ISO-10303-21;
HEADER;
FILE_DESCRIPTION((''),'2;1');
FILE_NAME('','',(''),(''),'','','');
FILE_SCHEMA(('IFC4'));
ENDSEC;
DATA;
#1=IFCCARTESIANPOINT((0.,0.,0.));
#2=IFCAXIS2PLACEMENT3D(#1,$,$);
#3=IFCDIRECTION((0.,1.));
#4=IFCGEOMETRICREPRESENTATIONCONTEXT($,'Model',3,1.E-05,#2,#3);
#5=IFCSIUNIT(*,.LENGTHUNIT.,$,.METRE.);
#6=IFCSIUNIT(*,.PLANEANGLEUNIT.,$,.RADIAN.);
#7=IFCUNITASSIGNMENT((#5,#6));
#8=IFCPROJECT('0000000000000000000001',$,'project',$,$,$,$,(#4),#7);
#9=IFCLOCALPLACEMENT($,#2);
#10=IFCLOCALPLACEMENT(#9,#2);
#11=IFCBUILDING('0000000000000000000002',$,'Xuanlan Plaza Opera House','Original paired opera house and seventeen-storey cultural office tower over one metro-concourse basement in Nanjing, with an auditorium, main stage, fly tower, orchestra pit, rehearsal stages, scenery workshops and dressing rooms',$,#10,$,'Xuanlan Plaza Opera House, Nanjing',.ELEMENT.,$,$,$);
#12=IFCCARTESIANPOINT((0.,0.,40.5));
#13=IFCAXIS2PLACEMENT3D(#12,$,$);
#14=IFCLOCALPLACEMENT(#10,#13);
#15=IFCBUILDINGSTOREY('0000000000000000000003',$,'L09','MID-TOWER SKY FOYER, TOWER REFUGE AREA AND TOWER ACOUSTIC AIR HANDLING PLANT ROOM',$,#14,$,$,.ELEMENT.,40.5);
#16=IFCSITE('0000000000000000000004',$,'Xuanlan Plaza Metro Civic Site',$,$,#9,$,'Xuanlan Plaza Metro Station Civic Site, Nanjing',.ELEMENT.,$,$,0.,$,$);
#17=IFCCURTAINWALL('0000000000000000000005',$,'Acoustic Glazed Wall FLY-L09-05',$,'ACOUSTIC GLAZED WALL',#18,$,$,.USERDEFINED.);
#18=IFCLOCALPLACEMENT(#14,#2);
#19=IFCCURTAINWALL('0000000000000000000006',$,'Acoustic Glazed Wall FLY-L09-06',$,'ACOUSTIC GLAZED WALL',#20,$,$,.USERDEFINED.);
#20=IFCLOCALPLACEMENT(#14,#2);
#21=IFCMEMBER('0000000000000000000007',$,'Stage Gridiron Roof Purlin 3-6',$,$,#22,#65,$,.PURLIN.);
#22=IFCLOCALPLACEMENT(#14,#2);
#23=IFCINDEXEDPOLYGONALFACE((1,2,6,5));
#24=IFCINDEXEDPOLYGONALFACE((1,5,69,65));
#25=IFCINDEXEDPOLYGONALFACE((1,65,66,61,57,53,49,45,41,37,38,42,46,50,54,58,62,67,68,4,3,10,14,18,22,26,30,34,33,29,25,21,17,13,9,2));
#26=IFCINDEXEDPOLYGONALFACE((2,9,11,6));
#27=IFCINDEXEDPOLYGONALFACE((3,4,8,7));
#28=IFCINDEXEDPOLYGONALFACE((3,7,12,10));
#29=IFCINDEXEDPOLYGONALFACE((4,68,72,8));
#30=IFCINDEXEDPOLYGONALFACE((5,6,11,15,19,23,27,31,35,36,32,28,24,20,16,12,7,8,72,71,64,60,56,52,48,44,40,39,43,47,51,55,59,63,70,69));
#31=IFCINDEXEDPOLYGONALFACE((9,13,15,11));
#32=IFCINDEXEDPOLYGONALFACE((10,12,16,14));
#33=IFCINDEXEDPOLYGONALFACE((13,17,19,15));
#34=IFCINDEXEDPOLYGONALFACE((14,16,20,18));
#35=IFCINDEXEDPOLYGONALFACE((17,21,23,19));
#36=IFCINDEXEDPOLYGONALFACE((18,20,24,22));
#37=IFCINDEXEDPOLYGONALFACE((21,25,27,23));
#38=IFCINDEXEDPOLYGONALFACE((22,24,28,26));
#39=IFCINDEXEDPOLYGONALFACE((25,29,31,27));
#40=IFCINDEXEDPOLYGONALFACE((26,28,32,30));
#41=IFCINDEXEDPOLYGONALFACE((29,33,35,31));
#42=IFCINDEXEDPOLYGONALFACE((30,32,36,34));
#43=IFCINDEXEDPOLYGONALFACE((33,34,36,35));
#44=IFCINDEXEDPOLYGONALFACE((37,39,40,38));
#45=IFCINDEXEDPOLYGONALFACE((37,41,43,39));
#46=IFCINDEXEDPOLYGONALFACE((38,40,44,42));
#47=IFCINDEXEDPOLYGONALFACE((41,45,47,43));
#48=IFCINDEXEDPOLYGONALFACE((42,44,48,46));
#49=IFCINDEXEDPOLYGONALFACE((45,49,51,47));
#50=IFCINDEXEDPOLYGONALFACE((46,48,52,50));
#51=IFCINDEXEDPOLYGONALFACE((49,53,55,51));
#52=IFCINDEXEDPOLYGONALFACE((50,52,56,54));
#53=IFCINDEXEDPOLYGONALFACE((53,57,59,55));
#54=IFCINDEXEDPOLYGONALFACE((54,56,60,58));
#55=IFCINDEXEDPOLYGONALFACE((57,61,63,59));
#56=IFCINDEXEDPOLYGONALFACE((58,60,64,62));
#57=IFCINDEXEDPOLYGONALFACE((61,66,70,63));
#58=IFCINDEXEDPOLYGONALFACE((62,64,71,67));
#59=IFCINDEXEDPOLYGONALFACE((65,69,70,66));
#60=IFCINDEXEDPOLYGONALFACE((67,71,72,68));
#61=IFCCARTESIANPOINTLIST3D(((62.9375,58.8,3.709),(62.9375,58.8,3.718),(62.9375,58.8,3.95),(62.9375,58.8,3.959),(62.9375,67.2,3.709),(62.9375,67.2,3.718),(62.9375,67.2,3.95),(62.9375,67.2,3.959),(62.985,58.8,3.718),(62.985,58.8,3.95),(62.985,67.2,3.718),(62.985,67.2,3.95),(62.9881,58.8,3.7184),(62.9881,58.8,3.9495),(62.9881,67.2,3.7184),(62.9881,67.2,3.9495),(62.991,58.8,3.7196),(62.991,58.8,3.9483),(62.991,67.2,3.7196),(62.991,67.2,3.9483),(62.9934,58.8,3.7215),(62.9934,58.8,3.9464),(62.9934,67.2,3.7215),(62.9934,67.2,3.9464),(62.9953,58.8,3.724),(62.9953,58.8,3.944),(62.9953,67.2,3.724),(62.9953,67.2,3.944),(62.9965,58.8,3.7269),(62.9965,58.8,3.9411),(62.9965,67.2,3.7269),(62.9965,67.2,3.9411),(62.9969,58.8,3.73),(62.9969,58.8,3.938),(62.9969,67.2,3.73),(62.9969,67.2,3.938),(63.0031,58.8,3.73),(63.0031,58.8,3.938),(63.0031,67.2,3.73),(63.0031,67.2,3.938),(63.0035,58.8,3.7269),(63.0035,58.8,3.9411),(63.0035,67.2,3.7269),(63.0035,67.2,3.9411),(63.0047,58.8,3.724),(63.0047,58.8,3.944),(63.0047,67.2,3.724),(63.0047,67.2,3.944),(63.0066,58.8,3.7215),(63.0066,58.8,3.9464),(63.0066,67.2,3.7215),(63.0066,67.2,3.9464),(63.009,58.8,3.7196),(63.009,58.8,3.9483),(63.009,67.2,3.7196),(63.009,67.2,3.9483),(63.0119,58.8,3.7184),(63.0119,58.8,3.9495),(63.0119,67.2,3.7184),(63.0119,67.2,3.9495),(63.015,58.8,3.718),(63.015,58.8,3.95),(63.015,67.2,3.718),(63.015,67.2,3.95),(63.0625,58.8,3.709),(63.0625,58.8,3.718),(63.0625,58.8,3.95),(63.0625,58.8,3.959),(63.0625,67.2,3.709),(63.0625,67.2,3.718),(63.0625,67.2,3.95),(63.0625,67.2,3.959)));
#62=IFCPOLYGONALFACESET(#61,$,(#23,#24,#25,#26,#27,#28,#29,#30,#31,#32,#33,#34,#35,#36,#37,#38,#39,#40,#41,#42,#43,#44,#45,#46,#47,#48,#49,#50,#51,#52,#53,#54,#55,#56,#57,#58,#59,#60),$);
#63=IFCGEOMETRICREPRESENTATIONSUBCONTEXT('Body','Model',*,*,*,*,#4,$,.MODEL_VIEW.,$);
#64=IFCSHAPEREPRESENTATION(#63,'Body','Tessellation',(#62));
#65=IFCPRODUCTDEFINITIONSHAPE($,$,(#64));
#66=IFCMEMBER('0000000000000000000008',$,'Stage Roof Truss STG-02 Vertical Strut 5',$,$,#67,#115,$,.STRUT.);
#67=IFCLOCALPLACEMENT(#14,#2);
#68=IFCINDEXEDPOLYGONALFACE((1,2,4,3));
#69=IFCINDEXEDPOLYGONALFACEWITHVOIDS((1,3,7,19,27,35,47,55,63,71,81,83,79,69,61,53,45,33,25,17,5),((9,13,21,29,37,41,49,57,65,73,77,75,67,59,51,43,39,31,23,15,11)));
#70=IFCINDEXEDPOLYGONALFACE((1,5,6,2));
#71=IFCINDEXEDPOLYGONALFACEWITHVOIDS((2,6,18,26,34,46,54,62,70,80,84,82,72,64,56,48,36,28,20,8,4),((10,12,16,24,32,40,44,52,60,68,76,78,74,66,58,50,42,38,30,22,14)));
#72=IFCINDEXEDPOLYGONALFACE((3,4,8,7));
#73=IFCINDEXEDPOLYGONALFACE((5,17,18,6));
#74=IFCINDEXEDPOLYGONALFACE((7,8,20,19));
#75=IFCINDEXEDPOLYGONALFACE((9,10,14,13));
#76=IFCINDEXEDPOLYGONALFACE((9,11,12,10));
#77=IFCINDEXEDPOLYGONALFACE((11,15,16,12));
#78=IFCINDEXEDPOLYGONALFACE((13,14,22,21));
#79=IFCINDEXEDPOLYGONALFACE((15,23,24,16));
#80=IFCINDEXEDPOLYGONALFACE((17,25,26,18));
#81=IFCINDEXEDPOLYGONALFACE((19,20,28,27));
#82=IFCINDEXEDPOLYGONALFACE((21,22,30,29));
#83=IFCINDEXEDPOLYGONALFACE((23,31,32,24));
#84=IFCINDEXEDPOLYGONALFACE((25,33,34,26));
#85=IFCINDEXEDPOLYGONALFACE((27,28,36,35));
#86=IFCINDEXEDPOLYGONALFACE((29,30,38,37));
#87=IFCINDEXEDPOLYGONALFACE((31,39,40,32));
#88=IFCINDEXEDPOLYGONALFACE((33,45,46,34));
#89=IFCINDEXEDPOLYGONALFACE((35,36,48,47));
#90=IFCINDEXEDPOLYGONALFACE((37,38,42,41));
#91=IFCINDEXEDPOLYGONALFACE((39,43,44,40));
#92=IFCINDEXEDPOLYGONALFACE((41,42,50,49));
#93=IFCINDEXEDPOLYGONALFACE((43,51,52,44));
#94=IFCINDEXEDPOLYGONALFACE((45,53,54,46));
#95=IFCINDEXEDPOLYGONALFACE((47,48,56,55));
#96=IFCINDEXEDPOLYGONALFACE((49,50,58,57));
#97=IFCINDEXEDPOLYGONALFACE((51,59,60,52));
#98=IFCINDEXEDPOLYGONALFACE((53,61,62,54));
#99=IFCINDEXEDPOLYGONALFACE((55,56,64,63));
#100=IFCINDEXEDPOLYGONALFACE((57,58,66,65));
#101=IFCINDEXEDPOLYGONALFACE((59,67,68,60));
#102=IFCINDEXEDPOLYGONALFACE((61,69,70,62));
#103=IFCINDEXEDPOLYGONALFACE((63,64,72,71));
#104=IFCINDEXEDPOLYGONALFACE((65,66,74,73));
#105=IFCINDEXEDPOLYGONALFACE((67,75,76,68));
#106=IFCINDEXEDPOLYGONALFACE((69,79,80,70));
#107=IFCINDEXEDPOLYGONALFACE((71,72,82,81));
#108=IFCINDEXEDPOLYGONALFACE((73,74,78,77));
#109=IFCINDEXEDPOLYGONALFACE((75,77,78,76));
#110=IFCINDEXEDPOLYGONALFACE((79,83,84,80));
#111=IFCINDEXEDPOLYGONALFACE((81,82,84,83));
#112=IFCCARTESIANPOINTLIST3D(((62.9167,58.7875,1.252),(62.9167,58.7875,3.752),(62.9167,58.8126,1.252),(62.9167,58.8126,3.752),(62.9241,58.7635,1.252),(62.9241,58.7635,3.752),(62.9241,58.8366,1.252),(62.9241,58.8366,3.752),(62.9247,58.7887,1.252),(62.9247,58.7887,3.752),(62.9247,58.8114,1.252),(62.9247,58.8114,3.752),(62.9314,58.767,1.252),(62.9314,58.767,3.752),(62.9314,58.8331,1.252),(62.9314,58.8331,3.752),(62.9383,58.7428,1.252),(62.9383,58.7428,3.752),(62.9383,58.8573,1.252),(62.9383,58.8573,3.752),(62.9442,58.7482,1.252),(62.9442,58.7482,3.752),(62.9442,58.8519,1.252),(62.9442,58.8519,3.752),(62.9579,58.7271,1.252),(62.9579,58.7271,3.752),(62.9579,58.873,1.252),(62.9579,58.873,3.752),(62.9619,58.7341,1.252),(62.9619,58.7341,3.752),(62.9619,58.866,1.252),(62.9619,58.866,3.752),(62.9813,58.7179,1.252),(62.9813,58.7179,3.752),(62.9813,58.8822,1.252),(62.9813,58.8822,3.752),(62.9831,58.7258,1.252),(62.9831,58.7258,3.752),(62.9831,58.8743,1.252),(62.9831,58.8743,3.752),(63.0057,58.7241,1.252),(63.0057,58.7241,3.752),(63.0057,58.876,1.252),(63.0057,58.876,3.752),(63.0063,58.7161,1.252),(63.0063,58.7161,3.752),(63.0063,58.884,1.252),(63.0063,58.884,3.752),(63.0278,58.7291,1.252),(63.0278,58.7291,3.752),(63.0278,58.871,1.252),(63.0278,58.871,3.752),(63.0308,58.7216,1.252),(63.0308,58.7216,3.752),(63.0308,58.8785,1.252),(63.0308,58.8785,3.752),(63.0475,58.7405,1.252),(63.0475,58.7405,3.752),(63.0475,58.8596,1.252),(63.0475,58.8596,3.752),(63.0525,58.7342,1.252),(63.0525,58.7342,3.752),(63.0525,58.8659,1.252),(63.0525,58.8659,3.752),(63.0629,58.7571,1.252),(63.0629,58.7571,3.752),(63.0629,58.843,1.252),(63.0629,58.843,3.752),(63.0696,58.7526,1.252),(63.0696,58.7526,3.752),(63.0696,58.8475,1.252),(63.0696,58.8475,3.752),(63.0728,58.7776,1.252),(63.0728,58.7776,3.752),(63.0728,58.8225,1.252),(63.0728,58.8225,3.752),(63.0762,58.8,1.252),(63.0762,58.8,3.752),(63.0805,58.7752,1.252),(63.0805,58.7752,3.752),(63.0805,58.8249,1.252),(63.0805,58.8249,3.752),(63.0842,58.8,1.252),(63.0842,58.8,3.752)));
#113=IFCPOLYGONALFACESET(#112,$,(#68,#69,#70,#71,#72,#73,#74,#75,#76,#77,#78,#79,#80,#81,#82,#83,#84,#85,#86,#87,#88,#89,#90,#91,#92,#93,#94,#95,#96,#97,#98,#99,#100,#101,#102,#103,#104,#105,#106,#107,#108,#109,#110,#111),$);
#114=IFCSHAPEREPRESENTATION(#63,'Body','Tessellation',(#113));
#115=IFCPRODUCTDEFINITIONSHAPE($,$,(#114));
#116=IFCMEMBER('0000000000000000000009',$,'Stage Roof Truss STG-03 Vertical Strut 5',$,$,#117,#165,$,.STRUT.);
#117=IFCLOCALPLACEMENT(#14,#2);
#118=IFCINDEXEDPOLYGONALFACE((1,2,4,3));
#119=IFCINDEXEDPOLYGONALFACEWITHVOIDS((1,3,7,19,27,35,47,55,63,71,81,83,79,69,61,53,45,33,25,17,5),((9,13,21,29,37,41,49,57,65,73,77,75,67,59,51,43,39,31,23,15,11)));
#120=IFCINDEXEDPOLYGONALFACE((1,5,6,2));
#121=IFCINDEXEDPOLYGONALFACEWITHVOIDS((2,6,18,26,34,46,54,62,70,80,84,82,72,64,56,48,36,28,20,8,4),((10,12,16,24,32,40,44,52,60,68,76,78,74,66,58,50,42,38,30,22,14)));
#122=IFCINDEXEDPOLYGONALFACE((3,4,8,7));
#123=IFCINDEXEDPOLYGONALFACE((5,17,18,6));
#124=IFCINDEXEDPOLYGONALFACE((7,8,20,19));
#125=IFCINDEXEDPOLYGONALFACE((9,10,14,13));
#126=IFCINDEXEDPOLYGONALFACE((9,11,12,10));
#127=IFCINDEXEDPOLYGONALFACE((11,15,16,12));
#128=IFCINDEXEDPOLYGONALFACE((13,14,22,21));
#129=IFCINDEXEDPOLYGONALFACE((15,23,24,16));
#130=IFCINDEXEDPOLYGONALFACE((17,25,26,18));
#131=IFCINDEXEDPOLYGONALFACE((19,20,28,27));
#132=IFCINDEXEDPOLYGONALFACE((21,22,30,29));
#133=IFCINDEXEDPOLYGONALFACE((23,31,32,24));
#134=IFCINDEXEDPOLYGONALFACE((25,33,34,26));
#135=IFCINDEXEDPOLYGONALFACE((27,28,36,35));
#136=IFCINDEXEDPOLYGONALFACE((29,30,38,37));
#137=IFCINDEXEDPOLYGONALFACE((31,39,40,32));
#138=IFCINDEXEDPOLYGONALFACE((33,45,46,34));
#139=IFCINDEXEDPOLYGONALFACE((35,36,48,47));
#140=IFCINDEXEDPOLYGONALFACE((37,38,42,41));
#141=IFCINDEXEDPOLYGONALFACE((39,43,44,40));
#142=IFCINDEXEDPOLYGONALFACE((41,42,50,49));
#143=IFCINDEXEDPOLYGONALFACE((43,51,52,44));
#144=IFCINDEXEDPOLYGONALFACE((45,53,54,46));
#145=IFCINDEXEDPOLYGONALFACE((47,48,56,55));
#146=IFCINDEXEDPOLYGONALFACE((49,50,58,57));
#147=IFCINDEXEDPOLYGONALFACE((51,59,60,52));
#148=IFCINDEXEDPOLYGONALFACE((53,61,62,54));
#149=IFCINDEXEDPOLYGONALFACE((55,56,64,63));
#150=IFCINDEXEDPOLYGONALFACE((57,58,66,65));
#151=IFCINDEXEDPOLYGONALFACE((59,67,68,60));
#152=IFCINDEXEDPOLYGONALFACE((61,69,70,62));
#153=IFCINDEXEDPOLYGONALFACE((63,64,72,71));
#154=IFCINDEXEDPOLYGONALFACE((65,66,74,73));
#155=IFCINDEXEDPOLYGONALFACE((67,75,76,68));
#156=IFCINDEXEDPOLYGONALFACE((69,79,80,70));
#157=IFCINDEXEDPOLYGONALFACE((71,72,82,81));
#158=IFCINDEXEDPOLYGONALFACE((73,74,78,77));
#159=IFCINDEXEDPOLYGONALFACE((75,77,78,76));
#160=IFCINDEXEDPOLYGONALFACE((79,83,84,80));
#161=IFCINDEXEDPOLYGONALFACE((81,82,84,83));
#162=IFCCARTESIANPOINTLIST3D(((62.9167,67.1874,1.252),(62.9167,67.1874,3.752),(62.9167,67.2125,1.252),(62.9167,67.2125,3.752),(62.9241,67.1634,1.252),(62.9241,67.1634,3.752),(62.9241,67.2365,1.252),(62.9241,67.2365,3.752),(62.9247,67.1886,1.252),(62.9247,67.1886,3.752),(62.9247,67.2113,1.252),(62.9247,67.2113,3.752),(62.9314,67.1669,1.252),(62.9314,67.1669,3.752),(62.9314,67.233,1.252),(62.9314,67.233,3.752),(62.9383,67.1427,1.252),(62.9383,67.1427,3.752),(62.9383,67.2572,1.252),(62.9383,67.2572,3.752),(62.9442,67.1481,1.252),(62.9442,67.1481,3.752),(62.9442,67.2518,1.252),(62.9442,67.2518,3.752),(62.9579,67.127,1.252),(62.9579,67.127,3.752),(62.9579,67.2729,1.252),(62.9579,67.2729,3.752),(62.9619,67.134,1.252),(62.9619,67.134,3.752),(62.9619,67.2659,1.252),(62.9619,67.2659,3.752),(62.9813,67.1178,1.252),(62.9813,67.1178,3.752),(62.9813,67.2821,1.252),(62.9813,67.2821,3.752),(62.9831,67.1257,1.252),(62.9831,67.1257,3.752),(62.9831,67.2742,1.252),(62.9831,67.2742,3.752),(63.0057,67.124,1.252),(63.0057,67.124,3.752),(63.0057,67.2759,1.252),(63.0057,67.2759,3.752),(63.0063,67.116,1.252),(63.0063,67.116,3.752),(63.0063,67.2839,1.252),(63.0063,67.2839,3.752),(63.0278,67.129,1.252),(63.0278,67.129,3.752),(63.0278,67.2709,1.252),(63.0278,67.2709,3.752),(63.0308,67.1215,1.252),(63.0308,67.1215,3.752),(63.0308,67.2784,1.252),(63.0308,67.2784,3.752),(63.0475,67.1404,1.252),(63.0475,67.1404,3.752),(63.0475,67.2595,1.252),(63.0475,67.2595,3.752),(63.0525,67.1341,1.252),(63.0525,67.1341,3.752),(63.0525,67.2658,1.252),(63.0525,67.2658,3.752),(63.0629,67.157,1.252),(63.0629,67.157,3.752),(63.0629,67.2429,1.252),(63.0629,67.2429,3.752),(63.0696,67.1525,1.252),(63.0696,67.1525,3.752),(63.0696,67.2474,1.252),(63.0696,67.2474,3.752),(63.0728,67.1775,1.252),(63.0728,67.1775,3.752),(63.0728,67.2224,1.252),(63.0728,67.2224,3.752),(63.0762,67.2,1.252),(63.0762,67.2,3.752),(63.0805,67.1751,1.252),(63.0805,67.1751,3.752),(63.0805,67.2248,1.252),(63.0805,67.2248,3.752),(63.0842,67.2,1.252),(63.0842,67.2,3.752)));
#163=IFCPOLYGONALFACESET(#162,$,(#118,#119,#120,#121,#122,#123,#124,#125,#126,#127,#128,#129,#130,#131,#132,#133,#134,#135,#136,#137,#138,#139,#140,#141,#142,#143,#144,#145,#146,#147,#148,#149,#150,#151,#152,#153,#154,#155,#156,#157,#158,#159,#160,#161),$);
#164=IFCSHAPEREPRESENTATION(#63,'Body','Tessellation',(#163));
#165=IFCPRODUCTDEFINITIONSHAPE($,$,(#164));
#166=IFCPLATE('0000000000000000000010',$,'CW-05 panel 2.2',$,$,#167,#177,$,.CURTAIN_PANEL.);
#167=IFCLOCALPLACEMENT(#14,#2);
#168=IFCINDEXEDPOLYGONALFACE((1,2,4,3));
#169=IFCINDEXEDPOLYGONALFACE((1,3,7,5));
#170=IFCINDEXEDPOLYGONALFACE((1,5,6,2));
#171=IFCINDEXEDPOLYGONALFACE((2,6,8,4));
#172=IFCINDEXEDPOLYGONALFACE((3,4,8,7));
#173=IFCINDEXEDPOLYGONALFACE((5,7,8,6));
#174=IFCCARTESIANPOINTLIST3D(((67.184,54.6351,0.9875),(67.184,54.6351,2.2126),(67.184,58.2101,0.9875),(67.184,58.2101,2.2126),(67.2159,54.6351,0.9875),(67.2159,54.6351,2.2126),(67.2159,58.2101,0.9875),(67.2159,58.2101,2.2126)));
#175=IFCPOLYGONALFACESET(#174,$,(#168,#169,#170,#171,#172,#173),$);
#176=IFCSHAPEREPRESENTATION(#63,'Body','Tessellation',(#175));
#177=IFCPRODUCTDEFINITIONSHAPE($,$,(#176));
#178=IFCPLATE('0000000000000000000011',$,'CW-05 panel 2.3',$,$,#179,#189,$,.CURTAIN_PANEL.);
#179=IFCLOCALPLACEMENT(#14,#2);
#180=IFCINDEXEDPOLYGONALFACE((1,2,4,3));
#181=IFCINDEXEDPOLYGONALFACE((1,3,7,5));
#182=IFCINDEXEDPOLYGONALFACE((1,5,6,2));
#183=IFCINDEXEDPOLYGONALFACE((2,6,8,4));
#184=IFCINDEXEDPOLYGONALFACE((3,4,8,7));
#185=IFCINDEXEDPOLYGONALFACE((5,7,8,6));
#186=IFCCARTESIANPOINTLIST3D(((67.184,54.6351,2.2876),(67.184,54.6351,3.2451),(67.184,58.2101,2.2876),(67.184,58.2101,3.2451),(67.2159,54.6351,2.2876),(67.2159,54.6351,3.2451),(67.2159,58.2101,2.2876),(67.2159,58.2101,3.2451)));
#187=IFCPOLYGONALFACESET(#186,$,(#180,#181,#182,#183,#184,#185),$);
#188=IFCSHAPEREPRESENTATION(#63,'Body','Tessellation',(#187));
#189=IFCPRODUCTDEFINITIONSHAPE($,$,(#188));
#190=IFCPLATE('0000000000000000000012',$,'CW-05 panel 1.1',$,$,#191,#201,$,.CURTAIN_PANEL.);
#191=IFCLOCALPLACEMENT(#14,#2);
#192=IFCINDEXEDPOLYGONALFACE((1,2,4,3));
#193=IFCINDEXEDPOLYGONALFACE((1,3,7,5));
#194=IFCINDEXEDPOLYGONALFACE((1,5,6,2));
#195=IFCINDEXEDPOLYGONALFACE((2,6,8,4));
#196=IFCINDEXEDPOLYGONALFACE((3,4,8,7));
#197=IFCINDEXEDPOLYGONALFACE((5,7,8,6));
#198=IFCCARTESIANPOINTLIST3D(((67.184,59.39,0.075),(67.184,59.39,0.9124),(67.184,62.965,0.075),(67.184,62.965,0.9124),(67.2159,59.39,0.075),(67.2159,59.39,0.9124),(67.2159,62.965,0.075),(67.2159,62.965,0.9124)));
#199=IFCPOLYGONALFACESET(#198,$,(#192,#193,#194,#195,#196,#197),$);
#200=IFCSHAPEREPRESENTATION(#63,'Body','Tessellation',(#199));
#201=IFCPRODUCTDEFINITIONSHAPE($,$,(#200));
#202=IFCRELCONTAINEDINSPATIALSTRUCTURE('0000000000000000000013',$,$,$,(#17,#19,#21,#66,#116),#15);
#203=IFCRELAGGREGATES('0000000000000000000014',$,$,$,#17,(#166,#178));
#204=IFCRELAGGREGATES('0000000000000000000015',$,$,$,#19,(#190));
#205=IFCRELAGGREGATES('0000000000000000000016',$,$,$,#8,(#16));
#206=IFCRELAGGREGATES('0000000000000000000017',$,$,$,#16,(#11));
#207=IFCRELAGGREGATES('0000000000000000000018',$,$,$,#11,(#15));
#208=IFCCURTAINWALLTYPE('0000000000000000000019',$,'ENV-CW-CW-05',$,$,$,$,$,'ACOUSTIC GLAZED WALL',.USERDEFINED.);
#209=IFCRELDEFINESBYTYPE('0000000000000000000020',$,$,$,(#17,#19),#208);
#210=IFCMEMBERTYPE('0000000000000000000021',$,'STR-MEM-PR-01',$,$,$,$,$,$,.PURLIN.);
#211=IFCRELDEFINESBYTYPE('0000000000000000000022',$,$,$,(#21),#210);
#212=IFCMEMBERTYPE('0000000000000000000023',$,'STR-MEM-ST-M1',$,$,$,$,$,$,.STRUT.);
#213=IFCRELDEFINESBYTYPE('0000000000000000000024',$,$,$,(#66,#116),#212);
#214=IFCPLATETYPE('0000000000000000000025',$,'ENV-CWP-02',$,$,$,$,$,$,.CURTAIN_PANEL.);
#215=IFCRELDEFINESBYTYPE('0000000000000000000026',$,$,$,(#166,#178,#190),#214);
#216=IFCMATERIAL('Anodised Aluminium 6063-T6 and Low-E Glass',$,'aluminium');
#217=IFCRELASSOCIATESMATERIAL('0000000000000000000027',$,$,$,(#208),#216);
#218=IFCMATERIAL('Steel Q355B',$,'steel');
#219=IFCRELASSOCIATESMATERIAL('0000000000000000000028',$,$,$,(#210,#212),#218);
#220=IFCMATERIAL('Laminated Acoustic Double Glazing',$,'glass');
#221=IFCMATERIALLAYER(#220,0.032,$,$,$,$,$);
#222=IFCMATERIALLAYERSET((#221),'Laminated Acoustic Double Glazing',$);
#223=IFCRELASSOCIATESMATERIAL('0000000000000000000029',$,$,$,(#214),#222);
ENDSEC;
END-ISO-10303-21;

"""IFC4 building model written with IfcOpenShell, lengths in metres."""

from ifc_helpers import new_model, si_unit, direction, frame, origin, origin_2d, place, context, subcontext, project, spatial, rectangle, hollow_circle, i_section, extrude, material, layer, layer_set, material_profile, profile_set, type_object, element, aggregate, save


model = new_model("IFC4")

# Units and contexts
model_context = context("Model", 3, precision=1e-05, world=origin(), true_north=direction((0.0, 1.0)))
body_context = subcontext(model_context, "Body", "Model", "MODEL_VIEW")
ifc_project = project(units=[si_unit("LENGTHUNIT", "METRE"), si_unit("PLANEANGLEUNIT", "RADIAN")], contexts=[model_context])

# Site, building, storey
site_placement = place(None, origin())
site = spatial("IfcSite", under=ifc_project, at=site_placement, Name="Xuanlan Plaza Metro Civic Site", LongName="Xuanlan Plaza Metro Station Civic Site, Nanjing", CompositionType="ELEMENT", RefElevation=0.0)
building_placement = place(site_placement, origin())
building = spatial("IfcBuilding", under=site, at=building_placement, Name="Xuanlan Plaza Opera House", Description="Original paired opera house and seventeen-storey cultural office tower over one metro-concourse basement in Nanjing, with an auditorium, main stage, fly tower, orchestra pit, rehearsal stages, scenery workshops and dressing rooms", LongName="Xuanlan Plaza Opera House, Nanjing", CompositionType="ELEMENT")
storey_placement = place(building_placement, frame((0.0, 0.0, 40.5)))
storey = spatial("IfcBuildingStorey", under=building, at=storey_placement, Name="L09", Description="MID-TOWER SKY FOYER, TOWER REFUGE AREA AND TOWER ACOUSTIC AIR HANDLING PLANT ROOM", CompositionType="ELEMENT", Elevation=40.5)

# Curtain wall
ifc_material_1 = material(Name="Anodised Aluminium 6063-T6 and Low-E Glass", Category="aluminium")
curtain_wall_type = type_object("IfcCurtainWallType", Name="ENV-CW-CW-05", ElementType="ACOUSTIC GLAZED WALL", PredefinedType="USERDEFINED", material=ifc_material_1)
curtain_wall_1_placement = place(storey_placement, origin())
curtain_wall_1 = element("IfcCurtainWall", 1, at=curtain_wall_1_placement, inside=storey, type_object=curtain_wall_type, Name="Acoustic Glazed Wall FLY-L09-05", ObjectType="ACOUSTIC GLAZED WALL", PredefinedType="USERDEFINED")

# Curtain wall
curtain_wall_2_placement = place(storey_placement, origin())
curtain_wall_2 = element("IfcCurtainWall", 2, at=curtain_wall_2_placement, inside=storey, type_object=curtain_wall_type, Name="Acoustic Glazed Wall FLY-L09-06", ObjectType="ACOUSTIC GLAZED WALL", PredefinedType="USERDEFINED")

# Shared definitions
ifc_material_2 = material(Name="Steel Q355B", Category="steel")

# Members
ifc_material_profile_1 = material_profile(ifc_material_2, i_section(OverallWidth=0.125, OverallDepth=0.25, WebThickness=0.0061, FlangeThickness=0.009, FilletRadius=0.012, at=origin_2d()), Name="HN 250x125x6x9")
ifc_profile_set_1 = profile_set([ifc_material_profile_1], Name="Steel Q355B")
member_type_1 = type_object("IfcMemberType", Name="STR-MEM-PR-01", PredefinedType="PURLIN", material=ifc_profile_set_1)
member_1_placement = place(storey_placement, frame((63.0, 58.8, 3.834), z_axis=(0.0, 1.0, 0.0), x_axis=(-1.0, 0.0, 0.0)))
element("IfcMember", 3, at=member_1_placement, inside=storey, type_object=member_type_1, Name="Stage Gridiron Roof Purlin 3-6", PredefinedType="PURLIN", context=body_context, shape_type="SweptSolid", body=[
    extrude(i_section(OverallWidth=0.125, OverallDepth=0.25, WebThickness=0.0061, FlangeThickness=0.009, FilletRadius=0.012, at=origin_2d()), origin(), (0.0, 0.0, 1.0), 8.3999),
])
ifc_material_profile_2 = material_profile(ifc_material_2, hollow_circle(Radius=0.0842, WallThickness=0.0081, at=origin_2d()), Name="CHS 168.3x8")
ifc_profile_set_2 = profile_set([ifc_material_profile_2], Name="Steel Q355B")
member_type_2 = type_object("IfcMemberType", Name="STR-MEM-ST-M1", PredefinedType="STRUT", material=ifc_profile_set_2)
for number, where, z_axis, x_axis, name in (
    (4, (63.0, 58.8, 1.252), (0.0, 0.0, 1.0), (1.0, 0.0, 0.0), "Stage Roof Truss STG-02 Vertical Strut 5"),
    (5, (63.0, 67.2, 1.252), (0.0, 0.0, 1.0), (1.0, 0.0, 0.0), "Stage Roof Truss STG-03 Vertical Strut 5"),
):
    element("IfcMember", number, at=place(storey_placement, frame(where, z_axis=z_axis, x_axis=x_axis)), inside=storey, type_object=member_type_2, Name=name, PredefinedType="STRUT", context=body_context, shape_type="SweptSolid", body=[
        extrude(hollow_circle(Radius=0.0842, WallThickness=0.0081, at=origin_2d()), origin(), (0.0, 0.0, 1.0), 2.5),
    ])

# Plates
ifc_material_3 = material(Name="Laminated Acoustic Double Glazing", Category="glass")
ifc_layer = layer(ifc_material_3, 0.032)
ifc_layer_set = layer_set([ifc_layer], Name="Laminated Acoustic Double Glazing")
plate_type = type_object("IfcPlateType", Name="ENV-CWP-02", PredefinedType="CURTAIN_PANEL", material=ifc_layer_set)
plate_1_placement = place(storey_placement, frame((67.2, 56.4226, 0.9875), z_axis=(0.0, 0.0, 1.0), x_axis=(0.0, 1.0, 0.0)))
plate_1 = element("IfcPlate", 6, at=plate_1_placement, type_object=plate_type, Name="CW-05 panel 2.2", PredefinedType="CURTAIN_PANEL", context=body_context, shape_type="SweptSolid", body=[
    extrude(rectangle(XDim=3.575, YDim=0.032, at=origin_2d()), origin(), (0.0, 0.0, 1.0), 1.2251),
])
plate_2_placement = place(storey_placement, frame((67.2, 56.4226, 2.2876), z_axis=(0.0, 0.0, 1.0), x_axis=(0.0, 1.0, 0.0)))
plate_2 = element("IfcPlate", 7, at=plate_2_placement, type_object=plate_type, Name="CW-05 panel 2.3", PredefinedType="CURTAIN_PANEL", context=body_context, shape_type="SweptSolid", body=[
    extrude(rectangle(XDim=3.575, YDim=0.032, at=origin_2d()), origin(), (0.0, 0.0, 1.0), 0.9575),
])
aggregate(curtain_wall_1, [plate_1, plate_2])
plate_3_placement = place(storey_placement, frame((67.2, 61.1775, 0.075), z_axis=(0.0, 0.0, 1.0), x_axis=(0.0, 1.0, 0.0)))
plate_3 = element("IfcPlate", 8, at=plate_3_placement, type_object=plate_type, Name="CW-05 panel 1.1", PredefinedType="CURTAIN_PANEL", context=body_context, shape_type="SweptSolid", body=[
    extrude(rectangle(XDim=3.575, YDim=0.032, at=origin_2d()), origin(), (0.0, 0.0, 1.0), 0.8374),
])
aggregate(curtain_wall_2, [plate_3])

save(model, "model.ifc")
